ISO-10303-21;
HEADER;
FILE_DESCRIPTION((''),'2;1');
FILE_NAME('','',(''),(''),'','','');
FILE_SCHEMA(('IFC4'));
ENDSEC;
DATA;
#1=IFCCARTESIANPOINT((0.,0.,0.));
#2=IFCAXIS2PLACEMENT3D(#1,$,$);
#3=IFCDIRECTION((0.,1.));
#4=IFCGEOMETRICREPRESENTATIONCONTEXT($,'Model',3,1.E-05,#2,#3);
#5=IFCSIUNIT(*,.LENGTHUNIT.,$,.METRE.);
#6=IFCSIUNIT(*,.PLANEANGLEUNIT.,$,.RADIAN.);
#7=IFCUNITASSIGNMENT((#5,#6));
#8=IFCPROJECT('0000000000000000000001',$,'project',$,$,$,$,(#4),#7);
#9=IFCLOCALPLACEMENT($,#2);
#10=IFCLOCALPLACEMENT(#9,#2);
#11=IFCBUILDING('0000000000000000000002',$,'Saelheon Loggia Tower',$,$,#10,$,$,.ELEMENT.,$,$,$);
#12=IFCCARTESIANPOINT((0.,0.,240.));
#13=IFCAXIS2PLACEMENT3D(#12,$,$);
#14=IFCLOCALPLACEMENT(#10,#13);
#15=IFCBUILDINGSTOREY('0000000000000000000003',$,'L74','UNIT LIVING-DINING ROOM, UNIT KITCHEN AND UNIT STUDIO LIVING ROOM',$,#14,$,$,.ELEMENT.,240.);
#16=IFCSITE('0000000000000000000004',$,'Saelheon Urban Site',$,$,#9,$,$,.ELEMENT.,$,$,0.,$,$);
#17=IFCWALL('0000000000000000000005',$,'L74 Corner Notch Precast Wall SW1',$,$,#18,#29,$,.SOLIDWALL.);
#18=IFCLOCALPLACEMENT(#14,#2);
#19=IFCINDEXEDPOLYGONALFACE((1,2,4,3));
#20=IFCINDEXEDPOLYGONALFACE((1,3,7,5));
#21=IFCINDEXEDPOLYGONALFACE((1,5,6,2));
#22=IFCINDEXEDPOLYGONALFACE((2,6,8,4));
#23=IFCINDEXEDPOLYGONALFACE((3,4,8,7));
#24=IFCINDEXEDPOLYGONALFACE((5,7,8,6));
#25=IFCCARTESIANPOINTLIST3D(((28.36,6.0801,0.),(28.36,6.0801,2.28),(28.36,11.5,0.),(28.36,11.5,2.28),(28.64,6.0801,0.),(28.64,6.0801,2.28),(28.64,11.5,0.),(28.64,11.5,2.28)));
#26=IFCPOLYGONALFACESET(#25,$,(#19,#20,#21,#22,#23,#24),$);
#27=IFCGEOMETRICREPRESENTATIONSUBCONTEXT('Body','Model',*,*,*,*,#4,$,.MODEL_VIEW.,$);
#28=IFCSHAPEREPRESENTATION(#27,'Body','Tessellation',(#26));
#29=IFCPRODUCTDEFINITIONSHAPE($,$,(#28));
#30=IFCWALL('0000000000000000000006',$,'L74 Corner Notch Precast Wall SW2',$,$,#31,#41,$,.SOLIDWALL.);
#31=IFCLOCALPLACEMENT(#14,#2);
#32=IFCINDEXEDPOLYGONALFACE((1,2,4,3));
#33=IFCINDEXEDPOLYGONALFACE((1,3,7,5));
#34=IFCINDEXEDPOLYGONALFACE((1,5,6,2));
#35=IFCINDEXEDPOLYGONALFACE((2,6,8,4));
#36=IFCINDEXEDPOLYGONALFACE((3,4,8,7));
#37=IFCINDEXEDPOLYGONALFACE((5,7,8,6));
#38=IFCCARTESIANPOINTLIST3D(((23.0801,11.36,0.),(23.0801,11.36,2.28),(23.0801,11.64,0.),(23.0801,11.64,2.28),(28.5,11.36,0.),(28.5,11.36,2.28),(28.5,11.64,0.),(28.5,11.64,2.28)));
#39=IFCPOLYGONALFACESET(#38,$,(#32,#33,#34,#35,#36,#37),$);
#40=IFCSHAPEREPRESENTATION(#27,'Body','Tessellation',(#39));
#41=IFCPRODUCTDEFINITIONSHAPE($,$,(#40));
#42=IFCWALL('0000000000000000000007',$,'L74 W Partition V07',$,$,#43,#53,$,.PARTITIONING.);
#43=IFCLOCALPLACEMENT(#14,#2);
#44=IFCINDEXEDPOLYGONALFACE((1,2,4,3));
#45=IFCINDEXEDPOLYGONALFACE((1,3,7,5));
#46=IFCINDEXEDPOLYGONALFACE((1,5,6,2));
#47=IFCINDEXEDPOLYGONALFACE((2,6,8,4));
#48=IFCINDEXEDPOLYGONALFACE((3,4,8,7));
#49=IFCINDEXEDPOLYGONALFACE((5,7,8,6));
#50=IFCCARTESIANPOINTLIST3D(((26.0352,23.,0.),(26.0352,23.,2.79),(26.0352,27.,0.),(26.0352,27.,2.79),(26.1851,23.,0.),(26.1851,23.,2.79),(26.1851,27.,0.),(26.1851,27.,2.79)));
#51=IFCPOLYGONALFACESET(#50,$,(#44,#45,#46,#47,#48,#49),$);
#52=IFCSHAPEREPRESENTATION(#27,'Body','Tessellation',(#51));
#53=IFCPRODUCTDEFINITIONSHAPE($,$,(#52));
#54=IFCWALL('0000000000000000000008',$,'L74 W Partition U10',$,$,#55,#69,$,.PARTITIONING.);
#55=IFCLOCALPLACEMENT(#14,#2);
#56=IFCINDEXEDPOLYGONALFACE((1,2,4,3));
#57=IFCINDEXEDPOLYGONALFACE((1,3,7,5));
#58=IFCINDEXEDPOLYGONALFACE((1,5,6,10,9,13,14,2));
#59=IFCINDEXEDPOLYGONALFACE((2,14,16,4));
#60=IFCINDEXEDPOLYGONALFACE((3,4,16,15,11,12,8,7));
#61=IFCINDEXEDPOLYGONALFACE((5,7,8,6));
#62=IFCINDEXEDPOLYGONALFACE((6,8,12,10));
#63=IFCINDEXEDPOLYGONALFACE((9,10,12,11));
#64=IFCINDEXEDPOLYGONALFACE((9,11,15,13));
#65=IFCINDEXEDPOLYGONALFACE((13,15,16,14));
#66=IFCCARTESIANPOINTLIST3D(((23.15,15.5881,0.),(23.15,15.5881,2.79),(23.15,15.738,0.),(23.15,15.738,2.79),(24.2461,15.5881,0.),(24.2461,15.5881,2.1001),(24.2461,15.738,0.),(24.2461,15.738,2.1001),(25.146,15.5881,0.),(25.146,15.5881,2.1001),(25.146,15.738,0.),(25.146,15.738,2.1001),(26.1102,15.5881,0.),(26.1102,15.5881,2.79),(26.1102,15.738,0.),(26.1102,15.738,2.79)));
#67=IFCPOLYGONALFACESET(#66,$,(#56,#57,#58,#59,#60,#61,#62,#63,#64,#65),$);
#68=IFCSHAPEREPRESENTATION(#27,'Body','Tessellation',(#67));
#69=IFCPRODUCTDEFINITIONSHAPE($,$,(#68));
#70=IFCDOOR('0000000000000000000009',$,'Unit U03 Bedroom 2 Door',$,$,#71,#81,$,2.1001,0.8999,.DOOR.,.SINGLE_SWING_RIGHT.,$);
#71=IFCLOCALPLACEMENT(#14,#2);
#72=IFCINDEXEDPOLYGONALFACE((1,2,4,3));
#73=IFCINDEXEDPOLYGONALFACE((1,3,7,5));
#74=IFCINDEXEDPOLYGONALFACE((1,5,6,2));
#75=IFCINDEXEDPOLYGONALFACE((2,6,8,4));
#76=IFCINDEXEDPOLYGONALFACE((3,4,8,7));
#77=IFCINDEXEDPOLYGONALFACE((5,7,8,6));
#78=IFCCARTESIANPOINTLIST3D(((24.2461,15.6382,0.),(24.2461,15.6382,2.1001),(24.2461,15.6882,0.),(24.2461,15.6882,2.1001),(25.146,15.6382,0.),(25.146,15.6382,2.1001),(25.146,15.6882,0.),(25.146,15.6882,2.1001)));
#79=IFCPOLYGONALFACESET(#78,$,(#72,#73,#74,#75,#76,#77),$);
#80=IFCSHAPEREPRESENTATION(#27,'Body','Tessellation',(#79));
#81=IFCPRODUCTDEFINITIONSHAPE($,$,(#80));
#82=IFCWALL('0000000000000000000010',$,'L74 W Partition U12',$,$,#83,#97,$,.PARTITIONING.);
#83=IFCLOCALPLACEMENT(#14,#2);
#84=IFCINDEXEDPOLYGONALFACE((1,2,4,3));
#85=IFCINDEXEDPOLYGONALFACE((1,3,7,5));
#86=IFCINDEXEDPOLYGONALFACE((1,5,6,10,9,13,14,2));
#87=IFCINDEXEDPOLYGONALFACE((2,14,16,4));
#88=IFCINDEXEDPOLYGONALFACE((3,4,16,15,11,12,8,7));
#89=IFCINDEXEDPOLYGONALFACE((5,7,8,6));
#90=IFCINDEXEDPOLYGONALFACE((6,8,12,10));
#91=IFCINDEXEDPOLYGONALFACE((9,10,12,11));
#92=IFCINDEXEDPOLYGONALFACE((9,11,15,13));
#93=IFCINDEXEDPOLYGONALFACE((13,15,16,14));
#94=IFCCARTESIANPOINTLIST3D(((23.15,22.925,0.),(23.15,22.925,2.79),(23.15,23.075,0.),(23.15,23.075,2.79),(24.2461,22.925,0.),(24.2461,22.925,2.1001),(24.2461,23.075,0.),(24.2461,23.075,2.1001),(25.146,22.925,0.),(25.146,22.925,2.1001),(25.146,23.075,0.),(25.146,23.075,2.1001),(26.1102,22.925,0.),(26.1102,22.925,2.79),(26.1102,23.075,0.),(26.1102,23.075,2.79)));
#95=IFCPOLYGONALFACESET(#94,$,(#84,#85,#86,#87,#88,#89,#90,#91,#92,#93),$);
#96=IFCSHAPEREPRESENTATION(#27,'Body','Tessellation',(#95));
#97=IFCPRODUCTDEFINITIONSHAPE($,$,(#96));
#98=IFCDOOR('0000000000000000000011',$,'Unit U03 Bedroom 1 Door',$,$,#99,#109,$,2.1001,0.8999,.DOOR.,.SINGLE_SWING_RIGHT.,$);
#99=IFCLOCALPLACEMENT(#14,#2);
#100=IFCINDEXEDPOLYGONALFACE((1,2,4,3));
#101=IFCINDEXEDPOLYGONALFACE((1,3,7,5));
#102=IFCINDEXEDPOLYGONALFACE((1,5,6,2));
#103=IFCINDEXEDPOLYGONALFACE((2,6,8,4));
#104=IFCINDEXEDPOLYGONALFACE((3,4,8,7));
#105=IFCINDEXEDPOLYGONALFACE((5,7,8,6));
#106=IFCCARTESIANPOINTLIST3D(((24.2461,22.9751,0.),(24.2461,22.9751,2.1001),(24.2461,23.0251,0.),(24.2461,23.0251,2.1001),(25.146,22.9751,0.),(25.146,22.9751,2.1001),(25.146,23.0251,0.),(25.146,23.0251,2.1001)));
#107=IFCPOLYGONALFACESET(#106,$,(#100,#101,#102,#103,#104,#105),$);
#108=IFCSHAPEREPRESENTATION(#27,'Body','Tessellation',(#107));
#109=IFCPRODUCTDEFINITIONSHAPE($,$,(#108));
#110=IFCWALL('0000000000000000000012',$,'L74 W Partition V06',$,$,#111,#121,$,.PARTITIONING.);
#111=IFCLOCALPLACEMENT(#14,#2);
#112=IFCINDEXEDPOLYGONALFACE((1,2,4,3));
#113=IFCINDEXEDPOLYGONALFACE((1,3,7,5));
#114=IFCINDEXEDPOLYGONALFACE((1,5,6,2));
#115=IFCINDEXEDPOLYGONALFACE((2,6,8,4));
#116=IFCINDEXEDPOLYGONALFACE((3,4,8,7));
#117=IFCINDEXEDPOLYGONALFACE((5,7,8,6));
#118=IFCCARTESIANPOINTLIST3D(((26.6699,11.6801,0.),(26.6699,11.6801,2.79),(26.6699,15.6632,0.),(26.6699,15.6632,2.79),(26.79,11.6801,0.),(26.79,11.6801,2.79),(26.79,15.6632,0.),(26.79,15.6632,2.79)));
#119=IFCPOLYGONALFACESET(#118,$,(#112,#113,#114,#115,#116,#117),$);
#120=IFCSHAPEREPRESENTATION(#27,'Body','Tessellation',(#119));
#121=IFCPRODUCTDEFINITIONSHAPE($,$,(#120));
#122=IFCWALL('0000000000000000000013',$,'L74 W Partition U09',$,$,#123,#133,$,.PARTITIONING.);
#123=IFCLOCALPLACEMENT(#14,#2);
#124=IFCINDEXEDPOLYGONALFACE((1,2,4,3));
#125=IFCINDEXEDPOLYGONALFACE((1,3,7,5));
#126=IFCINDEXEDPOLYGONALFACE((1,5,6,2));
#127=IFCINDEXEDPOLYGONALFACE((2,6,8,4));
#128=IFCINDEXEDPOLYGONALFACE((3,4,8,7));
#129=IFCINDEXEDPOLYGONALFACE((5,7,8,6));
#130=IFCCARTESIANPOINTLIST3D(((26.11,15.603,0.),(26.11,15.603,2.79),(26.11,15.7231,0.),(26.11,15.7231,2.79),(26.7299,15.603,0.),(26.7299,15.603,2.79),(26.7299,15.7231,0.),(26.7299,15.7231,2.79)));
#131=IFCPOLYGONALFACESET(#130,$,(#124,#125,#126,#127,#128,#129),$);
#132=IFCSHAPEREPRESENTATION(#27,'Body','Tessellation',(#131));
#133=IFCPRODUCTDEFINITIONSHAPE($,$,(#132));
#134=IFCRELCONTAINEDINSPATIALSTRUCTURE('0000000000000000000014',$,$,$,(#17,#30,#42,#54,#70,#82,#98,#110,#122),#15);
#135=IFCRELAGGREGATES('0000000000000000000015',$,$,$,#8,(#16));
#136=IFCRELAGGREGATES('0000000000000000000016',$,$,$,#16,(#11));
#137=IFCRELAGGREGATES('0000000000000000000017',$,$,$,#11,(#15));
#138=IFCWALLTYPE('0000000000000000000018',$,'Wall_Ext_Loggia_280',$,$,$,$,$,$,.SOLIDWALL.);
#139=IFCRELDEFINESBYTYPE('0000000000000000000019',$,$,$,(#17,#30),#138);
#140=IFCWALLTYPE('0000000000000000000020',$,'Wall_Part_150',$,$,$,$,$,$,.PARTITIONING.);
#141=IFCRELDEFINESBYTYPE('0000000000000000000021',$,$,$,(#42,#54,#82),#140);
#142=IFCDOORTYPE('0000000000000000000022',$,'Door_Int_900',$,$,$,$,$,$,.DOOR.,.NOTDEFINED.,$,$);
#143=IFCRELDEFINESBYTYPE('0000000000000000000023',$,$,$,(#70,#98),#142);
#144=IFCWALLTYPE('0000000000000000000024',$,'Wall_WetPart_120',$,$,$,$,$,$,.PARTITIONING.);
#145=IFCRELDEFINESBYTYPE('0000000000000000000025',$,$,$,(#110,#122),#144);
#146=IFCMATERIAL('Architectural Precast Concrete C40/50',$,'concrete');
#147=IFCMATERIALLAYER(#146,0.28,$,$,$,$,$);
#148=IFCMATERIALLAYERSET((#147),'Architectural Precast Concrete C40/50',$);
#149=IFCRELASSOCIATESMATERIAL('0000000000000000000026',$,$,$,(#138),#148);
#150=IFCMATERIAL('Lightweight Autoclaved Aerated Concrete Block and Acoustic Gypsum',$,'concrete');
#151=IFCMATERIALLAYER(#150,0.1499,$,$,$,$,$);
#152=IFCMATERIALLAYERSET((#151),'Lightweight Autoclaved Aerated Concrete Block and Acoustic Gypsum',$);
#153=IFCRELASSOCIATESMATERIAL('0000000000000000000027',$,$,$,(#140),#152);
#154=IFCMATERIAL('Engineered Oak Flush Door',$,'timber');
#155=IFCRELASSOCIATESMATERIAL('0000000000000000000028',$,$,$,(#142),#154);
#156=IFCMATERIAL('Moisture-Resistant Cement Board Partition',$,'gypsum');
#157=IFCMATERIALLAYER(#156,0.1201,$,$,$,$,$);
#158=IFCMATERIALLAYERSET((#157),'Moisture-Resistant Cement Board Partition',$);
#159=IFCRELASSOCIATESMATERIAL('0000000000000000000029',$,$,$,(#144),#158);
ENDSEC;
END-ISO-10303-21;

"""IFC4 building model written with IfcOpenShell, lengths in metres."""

from ifc_helpers import new_model, si_unit, direction, frame, frame_2d, origin, place, context, subcontext, project, spatial, rectangle, extrude, source, transform, mapped, material, layer, layer_set, type_object, element, fill, save


model = new_model("IFC4")

# Units and contexts
model_context = context("Model", 3, precision=1e-05, world=origin(), true_north=direction((0.0, 1.0)))
body_context = subcontext(model_context, "Body", "Model", "MODEL_VIEW")
ifc_project = project(units=[si_unit("LENGTHUNIT", "METRE"), si_unit("PLANEANGLEUNIT", "RADIAN")], contexts=[model_context])

# Site, building, storey
site_placement = place(None, origin())
site = spatial("IfcSite", under=ifc_project, at=site_placement, Name="Saelheon Urban Site", CompositionType="ELEMENT", RefElevation=0.0)
building_placement = place(site_placement, origin())
building = spatial("IfcBuilding", under=site, at=building_placement, Name="Saelheon Loggia Tower", CompositionType="ELEMENT")
storey_placement = place(building_placement, frame((0.0, 0.0, 240.0)))
storey = spatial("IfcBuildingStorey", under=building, at=storey_placement, Name="L74", Description="UNIT LIVING-DINING ROOM, UNIT KITCHEN AND UNIT STUDIO LIVING ROOM", CompositionType="ELEMENT", Elevation=240.0)

# Shared definitions
ifc_material_1 = material(Name="Architectural Precast Concrete C40/50", Category="concrete")
ifc_layer_1 = layer(ifc_material_1, 0.28)
ifc_layer_set_1 = layer_set([ifc_layer_1], Name="Architectural Precast Concrete C40/50")
wall_type_1 = type_object("IfcWallType", Name="Wall_Ext_Loggia_280", PredefinedType="SOLIDWALL", material=ifc_layer_set_1)

# Walls
for number, where, z_axis, x_axis, name in (
    (1, (28.5, 6.0801, 0.0), (0.0, 0.0, 1.0), (0.0, 1.0, 0.0), "L74 Corner Notch Precast Wall SW1"),
    (2, (23.0801, 11.5, 0.0), (0.0, 0.0, 1.0), (1.0, 0.0, 0.0), "L74 Corner Notch Precast Wall SW2"),
):
    element("IfcWall", number, at=place(storey_placement, frame(where, z_axis=z_axis, x_axis=x_axis)), inside=storey, type_object=wall_type_1, Name=name, PredefinedType="SOLIDWALL", context=body_context, shape_type="SweptSolid", body=[
        extrude(rectangle(XDim=5.4199, YDim=0.28, at=frame_2d((2.71, 0.0))), origin(), (0.0, 0.0, 1.0), 2.28),
    ])
ifc_material_2 = material(Name="Lightweight Autoclaved Aerated Concrete Block and Acoustic Gypsum", Category="concrete")
ifc_layer_2 = layer(ifc_material_2, 0.1499)
ifc_layer_set_2 = layer_set([ifc_layer_2], Name="Lightweight Autoclaved Aerated Concrete Block and Acoustic Gypsum")
wall_type_2 = type_object("IfcWallType", Name="Wall_Part_150", PredefinedType="PARTITIONING", material=ifc_layer_set_2)
wall_1_placement = place(storey_placement, frame((26.1101, 23.0, 0.0), z_axis=(0.0, 0.0, 1.0), x_axis=(0.0, 1.0, 0.0)))
element("IfcWall", 3, at=wall_1_placement, inside=storey, type_object=wall_type_2, Name="L74 W Partition V07", PredefinedType="PARTITIONING", context=body_context, shape_type="SweptSolid", body=[
    extrude(rectangle(XDim=4.0, YDim=0.1499, at=frame_2d((2.0, 0.0))), origin(), (0.0, 0.0, 1.0), 2.79),
])

# Walls, openings, doors
wall_2_placement = place(storey_placement, frame((26.1101, 15.6631, 0.0), z_axis=(0.0, 0.0, 1.0), x_axis=(-1.0, 0.0, 0.0)))
wall_2 = element("IfcWall", 4, at=wall_2_placement, inside=storey, type_object=wall_type_2, Name="L74 W Partition U10", PredefinedType="PARTITIONING", context=body_context, shape_type="SweptSolid", body=[
    extrude(rectangle(XDim=2.9602, YDim=0.1499, at=frame_2d((1.48, 0.0))), origin(), (0.0, 0.0, 1.0), 2.79),
])
opening_1_placement = place(wall_2_placement, frame((0.9641, 0.0, 0.0)))
opening_1 = element("IfcOpeningElement", 5, at=opening_1_placement, cuts=wall_2, PredefinedType="OPENING", context=body_context, shape_type="SweptSolid", body=[
    extrude(rectangle(XDim=0.8999, YDim=2.1001, at=frame_2d((0.45, 1.05))), frame((0.0, 0.0869, 0.0), z_axis=(0.0, -1.0, 0.0), x_axis=(1.0, 0.0, 0.0)), (0.0, 0.0, 1.0), 0.1738),
])
ifc_material_3 = material(Name="Engineered Oak Flush Door", Category="timber")
door_type_1 = type_object("IfcDoorType", Name="Door_Int_900", OperationType="NOTDEFINED", PredefinedType="DOOR", material=ifc_material_3)
shared_shape_1 = source(origin(), body_context, "Body", "SweptSolid", [
    extrude(rectangle(XDim=0.8999, YDim=2.1001, at=frame_2d((0.45, 1.05))), frame((0.0, 0.0249, 0.0), z_axis=(0.0, -1.0, 0.0), x_axis=(1.0, 0.0, 0.0)), (0.0, 0.0, 1.0), 0.05),
])
door_1_placement = place(opening_1_placement, origin())
door_1 = element("IfcDoor", 6, at=door_1_placement, inside=storey, type_object=door_type_1, Name="Unit U03 Bedroom 2 Door", OperationType="SINGLE_SWING_RIGHT", OverallHeight=2.1001, OverallWidth=0.8999, PredefinedType="DOOR", context=body_context, shape_type="MappedRepresentation", body=[
    mapped(shared_shape_1, transform((0.0, 0.0, 0.0), scale=1.0)),
])
fill(opening_1, door_1)
wall_3_placement = place(storey_placement, frame((26.1101, 23.0, 0.0), z_axis=(0.0, 0.0, 1.0), x_axis=(-1.0, 0.0, 0.0)))
wall_3 = element("IfcWall", 7, at=wall_3_placement, inside=storey, type_object=wall_type_2, Name="L74 W Partition U12", PredefinedType="PARTITIONING", context=body_context, shape_type="SweptSolid", body=[
    extrude(rectangle(XDim=2.9602, YDim=0.1499, at=frame_2d((1.48, 0.0))), origin(), (0.0, 0.0, 1.0), 2.79),
])
opening_2_placement = place(wall_3_placement, frame((0.9641, 0.0, 0.0)))
opening_2 = element("IfcOpeningElement", 8, at=opening_2_placement, cuts=wall_3, PredefinedType="OPENING", context=body_context, shape_type="SweptSolid", body=[
    extrude(rectangle(XDim=0.8999, YDim=2.1001, at=frame_2d((0.45, 1.05))), frame((0.0, 0.0869, 0.0), z_axis=(0.0, -1.0, 0.0), x_axis=(1.0, 0.0, 0.0)), (0.0, 0.0, 1.0), 0.1738),
])
door_2_placement = place(opening_2_placement, origin())
door_2 = element("IfcDoor", 9, at=door_2_placement, inside=storey, type_object=door_type_1, Name="Unit U03 Bedroom 1 Door", OperationType="SINGLE_SWING_RIGHT", OverallHeight=2.1001, OverallWidth=0.8999, PredefinedType="DOOR", context=body_context, shape_type="MappedRepresentation", body=[
    mapped(shared_shape_1, transform((0.0, 0.0, 0.0), scale=1.0)),
])
fill(opening_2, door_2)

# Walls
ifc_material_4 = material(Name="Moisture-Resistant Cement Board Partition", Category="gypsum")
ifc_layer_3 = layer(ifc_material_4, 0.1201)
ifc_layer_set_3 = layer_set([ifc_layer_3], Name="Moisture-Resistant Cement Board Partition")
wall_type_3 = type_object("IfcWallType", Name="Wall_WetPart_120", PredefinedType="PARTITIONING", material=ifc_layer_set_3)
wall_4_placement = place(storey_placement, frame((26.73, 11.6799, 0.0), z_axis=(0.0, 0.0, 1.0), x_axis=(0.0, 1.0, 0.0)))
element("IfcWall", 10, at=wall_4_placement, inside=storey, type_object=wall_type_3, Name="L74 W Partition V06", PredefinedType="PARTITIONING", context=body_context, shape_type="SweptSolid", body=[
    extrude(rectangle(XDim=3.9832, YDim=0.1201, at=frame_2d((1.9917, 0.0))), origin(), (0.0, 0.0, 1.0), 2.79),
])
wall_5_placement = place(storey_placement, frame((26.73, 15.6631, 0.0), z_axis=(0.0, 0.0, 1.0), x_axis=(-1.0, 0.0, 0.0)))
element("IfcWall", 11, at=wall_5_placement, inside=storey, type_object=wall_type_3, Name="L74 W Partition U09", PredefinedType="PARTITIONING", context=body_context, shape_type="SweptSolid", body=[
    extrude(rectangle(XDim=0.6199, YDim=0.1201, at=frame_2d((0.3101, 0.0))), origin(), (0.0, 0.0, 1.0), 2.79),
])

save(model, "model.ifc")
